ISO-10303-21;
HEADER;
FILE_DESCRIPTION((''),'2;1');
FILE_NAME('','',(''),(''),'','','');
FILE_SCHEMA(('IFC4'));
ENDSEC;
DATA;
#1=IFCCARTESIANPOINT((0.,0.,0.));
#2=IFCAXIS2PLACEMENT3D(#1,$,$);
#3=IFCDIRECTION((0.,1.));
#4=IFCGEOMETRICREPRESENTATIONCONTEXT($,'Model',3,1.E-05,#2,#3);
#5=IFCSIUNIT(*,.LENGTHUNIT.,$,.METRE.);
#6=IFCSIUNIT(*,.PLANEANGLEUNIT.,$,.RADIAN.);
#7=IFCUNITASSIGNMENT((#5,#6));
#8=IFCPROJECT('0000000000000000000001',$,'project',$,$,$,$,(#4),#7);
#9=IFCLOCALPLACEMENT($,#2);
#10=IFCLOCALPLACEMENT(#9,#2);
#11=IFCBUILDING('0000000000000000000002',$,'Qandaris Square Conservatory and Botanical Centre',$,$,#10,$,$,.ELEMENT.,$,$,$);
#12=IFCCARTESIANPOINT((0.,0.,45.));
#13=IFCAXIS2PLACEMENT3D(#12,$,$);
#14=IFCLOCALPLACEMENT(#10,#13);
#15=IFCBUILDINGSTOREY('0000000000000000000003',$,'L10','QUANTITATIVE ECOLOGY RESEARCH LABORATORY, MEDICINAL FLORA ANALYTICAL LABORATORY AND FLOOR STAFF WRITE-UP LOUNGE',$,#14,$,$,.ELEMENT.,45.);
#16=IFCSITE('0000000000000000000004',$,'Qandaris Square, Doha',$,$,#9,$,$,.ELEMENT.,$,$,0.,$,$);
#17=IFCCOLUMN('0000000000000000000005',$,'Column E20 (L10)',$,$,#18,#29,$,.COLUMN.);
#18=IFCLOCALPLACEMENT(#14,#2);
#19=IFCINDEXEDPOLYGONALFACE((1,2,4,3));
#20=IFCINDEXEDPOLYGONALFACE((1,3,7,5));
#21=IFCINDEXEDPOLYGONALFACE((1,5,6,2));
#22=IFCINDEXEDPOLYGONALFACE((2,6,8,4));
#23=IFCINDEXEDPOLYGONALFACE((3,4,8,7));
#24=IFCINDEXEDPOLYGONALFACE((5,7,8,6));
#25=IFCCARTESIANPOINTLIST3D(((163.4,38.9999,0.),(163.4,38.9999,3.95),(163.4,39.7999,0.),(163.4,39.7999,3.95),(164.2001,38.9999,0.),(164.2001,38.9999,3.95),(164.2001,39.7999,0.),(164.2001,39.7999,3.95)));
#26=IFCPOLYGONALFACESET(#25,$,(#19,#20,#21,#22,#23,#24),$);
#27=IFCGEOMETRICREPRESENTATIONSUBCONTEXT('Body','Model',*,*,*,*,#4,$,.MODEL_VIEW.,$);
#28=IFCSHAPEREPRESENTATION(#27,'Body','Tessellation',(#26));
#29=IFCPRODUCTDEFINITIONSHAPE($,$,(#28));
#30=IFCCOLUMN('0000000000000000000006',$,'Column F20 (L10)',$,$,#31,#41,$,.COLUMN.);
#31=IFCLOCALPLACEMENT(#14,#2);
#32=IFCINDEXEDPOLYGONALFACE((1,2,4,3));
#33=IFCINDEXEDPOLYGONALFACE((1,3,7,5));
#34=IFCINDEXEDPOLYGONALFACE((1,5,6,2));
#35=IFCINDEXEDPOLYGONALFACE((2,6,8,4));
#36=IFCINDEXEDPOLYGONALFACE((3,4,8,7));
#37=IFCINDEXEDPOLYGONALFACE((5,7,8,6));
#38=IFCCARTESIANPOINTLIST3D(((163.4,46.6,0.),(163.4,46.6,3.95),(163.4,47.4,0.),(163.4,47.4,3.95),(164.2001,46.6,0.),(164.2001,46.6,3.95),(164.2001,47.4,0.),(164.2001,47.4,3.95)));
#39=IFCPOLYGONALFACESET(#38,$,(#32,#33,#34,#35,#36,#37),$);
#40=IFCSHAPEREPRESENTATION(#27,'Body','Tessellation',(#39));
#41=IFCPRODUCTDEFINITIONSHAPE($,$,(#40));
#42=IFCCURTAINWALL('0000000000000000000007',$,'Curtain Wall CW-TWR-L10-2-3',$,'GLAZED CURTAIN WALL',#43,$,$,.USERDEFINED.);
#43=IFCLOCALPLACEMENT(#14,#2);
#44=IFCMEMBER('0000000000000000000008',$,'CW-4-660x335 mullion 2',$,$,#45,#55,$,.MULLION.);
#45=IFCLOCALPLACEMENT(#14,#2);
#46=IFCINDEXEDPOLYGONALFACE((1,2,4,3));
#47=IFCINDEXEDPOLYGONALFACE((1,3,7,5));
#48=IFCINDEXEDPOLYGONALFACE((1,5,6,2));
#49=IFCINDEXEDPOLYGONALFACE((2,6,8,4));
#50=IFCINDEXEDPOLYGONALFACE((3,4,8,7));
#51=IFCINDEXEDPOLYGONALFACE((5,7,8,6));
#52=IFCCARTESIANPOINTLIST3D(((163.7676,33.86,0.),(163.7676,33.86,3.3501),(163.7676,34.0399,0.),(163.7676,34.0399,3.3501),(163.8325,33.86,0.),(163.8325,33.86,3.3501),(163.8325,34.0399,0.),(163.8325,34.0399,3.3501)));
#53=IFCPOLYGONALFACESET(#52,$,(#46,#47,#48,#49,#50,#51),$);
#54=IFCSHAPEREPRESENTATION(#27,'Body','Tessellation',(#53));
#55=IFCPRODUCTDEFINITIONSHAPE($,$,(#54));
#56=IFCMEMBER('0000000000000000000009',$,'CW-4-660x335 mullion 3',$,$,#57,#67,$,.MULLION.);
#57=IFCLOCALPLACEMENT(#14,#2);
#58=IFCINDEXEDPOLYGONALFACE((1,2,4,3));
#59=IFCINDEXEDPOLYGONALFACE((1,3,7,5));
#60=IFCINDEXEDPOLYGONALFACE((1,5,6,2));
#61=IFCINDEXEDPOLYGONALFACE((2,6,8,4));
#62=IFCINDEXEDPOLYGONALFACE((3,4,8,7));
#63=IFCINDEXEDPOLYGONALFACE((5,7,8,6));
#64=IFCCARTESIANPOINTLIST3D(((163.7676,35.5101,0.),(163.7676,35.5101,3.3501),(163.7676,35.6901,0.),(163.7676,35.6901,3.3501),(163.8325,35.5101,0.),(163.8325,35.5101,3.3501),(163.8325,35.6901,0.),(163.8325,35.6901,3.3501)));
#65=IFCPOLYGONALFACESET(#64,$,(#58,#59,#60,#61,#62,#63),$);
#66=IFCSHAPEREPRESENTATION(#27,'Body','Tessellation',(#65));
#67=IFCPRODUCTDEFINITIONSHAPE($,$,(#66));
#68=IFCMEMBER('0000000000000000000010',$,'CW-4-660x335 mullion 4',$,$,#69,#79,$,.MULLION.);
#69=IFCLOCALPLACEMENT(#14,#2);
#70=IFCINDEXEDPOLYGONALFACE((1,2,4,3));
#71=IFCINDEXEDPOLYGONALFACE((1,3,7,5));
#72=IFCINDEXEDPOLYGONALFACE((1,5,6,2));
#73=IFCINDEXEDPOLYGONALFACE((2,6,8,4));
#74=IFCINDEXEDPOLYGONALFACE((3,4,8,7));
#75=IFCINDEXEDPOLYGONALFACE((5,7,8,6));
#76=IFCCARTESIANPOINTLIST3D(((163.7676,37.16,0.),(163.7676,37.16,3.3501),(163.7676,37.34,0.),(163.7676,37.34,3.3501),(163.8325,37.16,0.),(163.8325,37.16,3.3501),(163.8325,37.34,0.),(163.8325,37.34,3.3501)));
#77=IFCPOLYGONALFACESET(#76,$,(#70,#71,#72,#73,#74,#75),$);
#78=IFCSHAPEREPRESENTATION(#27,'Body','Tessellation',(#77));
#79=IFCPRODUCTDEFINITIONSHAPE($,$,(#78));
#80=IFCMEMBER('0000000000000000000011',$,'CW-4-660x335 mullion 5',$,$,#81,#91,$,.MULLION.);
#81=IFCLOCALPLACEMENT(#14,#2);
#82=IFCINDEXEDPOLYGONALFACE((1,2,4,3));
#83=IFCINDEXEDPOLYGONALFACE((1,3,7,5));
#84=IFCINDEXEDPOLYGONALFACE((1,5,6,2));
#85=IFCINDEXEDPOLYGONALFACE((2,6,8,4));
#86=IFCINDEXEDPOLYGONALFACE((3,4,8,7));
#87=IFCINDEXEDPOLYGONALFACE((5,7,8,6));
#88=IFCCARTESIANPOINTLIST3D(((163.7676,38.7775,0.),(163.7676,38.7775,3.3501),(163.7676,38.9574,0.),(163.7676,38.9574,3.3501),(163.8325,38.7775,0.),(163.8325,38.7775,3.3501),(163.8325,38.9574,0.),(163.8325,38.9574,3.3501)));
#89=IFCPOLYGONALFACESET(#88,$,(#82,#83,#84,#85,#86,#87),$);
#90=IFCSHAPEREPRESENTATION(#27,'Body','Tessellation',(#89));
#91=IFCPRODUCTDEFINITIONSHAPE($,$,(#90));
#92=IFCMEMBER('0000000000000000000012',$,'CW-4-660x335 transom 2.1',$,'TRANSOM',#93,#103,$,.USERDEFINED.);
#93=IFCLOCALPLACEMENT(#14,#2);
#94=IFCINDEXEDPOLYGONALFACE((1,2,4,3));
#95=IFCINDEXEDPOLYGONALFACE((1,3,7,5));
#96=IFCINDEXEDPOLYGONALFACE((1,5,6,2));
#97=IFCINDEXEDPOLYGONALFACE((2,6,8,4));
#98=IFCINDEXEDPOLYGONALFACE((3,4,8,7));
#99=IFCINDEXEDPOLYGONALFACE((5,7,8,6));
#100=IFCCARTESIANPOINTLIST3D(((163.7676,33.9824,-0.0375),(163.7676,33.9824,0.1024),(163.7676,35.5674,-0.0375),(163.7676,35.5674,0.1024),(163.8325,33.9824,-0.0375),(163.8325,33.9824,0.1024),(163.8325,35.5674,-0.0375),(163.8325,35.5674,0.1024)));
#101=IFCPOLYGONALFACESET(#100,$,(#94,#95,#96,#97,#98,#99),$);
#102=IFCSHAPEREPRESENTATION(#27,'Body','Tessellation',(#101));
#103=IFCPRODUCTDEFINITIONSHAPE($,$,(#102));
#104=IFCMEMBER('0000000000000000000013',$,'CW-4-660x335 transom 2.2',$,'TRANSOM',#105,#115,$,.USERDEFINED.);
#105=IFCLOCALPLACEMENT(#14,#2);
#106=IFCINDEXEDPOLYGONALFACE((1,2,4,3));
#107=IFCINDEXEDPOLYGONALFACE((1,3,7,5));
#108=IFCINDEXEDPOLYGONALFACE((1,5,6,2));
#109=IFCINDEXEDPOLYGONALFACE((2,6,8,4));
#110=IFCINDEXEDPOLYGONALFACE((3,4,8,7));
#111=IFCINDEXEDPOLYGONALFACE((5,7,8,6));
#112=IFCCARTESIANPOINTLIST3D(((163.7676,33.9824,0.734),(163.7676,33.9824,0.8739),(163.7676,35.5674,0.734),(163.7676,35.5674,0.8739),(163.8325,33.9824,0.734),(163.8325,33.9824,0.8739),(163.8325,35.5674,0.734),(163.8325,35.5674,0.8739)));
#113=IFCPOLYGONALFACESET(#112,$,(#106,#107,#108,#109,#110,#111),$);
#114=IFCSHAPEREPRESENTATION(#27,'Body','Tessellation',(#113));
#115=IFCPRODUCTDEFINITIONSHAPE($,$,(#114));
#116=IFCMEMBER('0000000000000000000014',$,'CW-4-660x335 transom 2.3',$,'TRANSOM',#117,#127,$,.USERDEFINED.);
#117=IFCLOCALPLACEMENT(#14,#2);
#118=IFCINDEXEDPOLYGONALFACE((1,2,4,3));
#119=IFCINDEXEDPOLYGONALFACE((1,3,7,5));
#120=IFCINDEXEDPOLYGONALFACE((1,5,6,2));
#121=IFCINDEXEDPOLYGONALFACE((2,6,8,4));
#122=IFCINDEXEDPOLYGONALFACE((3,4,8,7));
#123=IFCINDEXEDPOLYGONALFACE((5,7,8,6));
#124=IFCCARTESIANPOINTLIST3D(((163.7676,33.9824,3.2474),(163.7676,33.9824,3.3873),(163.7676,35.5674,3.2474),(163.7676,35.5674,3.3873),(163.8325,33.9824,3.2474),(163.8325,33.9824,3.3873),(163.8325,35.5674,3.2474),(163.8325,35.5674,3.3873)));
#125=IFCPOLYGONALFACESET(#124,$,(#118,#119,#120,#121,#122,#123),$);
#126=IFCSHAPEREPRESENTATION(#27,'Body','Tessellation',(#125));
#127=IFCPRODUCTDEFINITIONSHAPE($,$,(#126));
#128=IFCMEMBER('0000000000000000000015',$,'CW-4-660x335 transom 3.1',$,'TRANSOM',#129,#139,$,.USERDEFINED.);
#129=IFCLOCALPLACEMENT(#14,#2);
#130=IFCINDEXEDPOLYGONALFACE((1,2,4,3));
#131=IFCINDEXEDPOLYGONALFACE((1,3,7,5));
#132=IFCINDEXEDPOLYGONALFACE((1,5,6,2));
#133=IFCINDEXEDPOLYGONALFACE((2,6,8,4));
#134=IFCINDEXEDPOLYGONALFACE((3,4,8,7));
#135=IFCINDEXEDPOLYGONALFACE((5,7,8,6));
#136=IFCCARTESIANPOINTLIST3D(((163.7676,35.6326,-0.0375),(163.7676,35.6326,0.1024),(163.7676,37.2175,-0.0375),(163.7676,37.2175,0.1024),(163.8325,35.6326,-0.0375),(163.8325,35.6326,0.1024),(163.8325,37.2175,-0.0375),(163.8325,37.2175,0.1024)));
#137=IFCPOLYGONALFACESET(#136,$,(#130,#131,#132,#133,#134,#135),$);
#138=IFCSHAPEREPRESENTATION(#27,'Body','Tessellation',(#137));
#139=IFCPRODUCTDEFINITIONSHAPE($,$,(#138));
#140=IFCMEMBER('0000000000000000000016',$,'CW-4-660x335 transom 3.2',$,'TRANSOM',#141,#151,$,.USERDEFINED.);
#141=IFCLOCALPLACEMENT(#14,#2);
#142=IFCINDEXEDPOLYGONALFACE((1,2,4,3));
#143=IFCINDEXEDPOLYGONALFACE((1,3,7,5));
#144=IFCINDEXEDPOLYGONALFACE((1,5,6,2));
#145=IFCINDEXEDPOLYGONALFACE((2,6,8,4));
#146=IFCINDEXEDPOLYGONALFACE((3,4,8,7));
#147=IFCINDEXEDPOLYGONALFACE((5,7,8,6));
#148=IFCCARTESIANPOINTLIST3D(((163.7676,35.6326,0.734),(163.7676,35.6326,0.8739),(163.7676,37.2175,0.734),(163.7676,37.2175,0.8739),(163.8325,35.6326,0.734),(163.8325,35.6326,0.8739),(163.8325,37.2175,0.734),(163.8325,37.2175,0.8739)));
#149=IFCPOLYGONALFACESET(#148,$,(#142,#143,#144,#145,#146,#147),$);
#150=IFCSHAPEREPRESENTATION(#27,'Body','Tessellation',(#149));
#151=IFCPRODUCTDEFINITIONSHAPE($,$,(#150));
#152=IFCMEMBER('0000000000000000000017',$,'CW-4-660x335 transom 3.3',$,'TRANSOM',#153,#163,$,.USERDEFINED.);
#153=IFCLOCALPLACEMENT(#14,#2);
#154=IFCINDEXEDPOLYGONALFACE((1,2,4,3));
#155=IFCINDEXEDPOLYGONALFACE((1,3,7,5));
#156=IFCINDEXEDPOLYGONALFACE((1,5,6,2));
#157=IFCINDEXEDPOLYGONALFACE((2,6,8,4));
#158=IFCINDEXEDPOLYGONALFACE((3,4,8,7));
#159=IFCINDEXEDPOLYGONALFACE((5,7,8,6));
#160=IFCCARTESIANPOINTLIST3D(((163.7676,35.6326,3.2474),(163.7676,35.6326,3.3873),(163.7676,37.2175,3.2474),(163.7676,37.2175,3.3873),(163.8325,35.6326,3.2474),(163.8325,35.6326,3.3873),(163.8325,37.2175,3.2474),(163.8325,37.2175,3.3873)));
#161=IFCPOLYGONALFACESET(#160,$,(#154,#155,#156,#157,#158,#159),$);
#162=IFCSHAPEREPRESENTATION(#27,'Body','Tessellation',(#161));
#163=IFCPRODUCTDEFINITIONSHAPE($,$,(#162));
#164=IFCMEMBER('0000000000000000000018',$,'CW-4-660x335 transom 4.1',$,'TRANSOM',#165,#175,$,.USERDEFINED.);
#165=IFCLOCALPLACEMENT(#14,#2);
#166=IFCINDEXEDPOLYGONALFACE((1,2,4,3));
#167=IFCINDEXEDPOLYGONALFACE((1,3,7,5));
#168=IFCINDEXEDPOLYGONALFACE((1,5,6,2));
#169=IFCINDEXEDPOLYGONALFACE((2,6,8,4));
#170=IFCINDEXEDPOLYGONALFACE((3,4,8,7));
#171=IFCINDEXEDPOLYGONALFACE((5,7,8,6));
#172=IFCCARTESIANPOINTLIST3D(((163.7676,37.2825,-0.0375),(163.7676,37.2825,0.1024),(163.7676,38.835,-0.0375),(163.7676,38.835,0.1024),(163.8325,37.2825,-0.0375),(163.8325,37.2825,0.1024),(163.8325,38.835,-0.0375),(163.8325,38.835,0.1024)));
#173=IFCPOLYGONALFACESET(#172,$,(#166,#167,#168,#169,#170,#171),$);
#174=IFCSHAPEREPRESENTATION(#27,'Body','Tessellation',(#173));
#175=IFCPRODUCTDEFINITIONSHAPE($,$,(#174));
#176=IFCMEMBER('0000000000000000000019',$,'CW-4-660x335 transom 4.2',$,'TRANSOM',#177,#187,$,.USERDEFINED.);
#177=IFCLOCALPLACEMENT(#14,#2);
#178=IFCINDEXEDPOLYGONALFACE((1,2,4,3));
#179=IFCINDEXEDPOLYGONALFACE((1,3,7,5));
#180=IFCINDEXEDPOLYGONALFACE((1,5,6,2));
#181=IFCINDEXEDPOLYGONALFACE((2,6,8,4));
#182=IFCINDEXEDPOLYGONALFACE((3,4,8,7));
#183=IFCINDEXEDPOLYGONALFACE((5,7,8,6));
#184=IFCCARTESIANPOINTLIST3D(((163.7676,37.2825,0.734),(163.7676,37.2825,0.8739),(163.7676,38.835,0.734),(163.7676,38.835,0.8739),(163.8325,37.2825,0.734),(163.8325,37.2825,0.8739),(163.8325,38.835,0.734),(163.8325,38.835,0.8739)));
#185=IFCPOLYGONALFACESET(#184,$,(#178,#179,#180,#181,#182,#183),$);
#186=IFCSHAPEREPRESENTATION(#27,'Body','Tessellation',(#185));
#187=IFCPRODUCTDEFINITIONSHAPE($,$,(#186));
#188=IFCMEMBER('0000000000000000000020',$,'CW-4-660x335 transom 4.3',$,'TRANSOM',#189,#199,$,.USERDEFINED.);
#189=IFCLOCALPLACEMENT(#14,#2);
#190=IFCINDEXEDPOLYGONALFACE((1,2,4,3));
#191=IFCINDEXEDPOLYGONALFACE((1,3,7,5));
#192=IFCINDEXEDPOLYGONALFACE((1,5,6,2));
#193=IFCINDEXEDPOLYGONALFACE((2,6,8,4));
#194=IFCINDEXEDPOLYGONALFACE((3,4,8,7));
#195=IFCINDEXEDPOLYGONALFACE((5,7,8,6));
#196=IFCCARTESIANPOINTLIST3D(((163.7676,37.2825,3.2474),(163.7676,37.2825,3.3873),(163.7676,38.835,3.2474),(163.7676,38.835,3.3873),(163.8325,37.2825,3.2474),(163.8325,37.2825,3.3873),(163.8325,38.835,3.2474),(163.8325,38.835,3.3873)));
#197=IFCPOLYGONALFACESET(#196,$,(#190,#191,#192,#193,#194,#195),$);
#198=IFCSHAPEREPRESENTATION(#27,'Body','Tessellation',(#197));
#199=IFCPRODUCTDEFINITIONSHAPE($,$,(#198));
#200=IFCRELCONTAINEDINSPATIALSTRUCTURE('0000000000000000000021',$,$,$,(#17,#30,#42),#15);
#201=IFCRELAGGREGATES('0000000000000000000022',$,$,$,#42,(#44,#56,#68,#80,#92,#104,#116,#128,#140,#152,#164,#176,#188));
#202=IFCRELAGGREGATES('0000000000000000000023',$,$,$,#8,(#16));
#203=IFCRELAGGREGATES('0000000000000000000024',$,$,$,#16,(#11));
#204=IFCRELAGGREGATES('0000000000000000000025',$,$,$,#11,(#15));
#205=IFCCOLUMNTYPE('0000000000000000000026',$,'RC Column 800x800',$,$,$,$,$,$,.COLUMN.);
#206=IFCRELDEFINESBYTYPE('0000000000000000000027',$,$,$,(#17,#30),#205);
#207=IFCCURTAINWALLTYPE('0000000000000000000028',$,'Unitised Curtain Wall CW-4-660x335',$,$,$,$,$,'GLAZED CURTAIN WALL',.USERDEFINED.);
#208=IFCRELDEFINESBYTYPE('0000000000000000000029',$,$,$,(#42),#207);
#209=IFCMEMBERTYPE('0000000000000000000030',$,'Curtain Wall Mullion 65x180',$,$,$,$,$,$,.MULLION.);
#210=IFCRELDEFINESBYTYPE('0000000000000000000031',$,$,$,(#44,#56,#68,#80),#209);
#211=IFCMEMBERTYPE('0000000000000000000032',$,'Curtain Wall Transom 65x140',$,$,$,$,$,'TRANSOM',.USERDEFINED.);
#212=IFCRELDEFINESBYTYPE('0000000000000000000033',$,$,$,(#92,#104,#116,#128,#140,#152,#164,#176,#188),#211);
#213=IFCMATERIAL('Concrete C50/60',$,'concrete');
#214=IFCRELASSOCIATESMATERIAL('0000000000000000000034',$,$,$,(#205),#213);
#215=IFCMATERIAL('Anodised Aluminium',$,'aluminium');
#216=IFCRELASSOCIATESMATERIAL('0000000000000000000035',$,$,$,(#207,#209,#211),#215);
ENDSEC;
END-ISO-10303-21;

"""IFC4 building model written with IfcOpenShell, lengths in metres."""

from ifc_helpers import new_model, si_unit, direction, frame, origin, origin_2d, place, context, subcontext, project, spatial, rectangle, extrude, material, material_profile, profile_set, type_object, element, aggregate, save


model = new_model("IFC4")

# Units and contexts
model_context = context("Model", 3, precision=1e-05, world=origin(), true_north=direction((0.0, 1.0)))
body_context = subcontext(model_context, "Body", "Model", "MODEL_VIEW")
ifc_project = project(units=[si_unit("LENGTHUNIT", "METRE"), si_unit("PLANEANGLEUNIT", "RADIAN")], contexts=[model_context])

# Site, building, storey
site_placement = place(None, origin())
site = spatial("IfcSite", under=ifc_project, at=site_placement, Name="Qandaris Square, Doha", CompositionType="ELEMENT", RefElevation=0.0)
building_placement = place(site_placement, origin())
building = spatial("IfcBuilding", under=site, at=building_placement, Name="Qandaris Square Conservatory and Botanical Centre", CompositionType="ELEMENT")
storey_placement = place(building_placement, frame((0.0, 0.0, 45.0)))
storey = spatial("IfcBuildingStorey", under=building, at=storey_placement, Name="L10", Description="QUANTITATIVE ECOLOGY RESEARCH LABORATORY, MEDICINAL FLORA ANALYTICAL LABORATORY AND FLOOR STAFF WRITE-UP LOUNGE", CompositionType="ELEMENT", Elevation=45.0)

# Columns
ifc_material_1 = material(Name="Concrete C50/60", Category="concrete")
ifc_material_profile_1 = material_profile(ifc_material_1, rectangle(XDim=0.8, YDim=0.8, at=origin_2d()), Name="RC-COL 800x800")
ifc_profile_set_1 = profile_set([ifc_material_profile_1], Name="Concrete C50/60")
column_type = type_object("IfcColumnType", Name="RC Column 800x800", PredefinedType="COLUMN", material=ifc_profile_set_1)
for number, where, z_axis, x_axis, name in (
    (1, (163.8, 39.3999, 0.0), (0.0, 0.0, 1.0), (1.0, 0.0, 0.0), "Column E20 (L10)"),
    (2, (163.8, 47.0, 0.0), (0.0, 0.0, 1.0), (1.0, 0.0, 0.0), "Column F20 (L10)"),
):
    element("IfcColumn", number, at=place(storey_placement, frame(where, z_axis=z_axis, x_axis=x_axis)), inside=storey, type_object=column_type, Name=name, PredefinedType="COLUMN", context=body_context, shape_type="SweptSolid", body=[
        extrude(rectangle(XDim=0.8, YDim=0.8, at=origin_2d()), origin(), (0.0, 0.0, 1.0), 3.95),
    ])

# Curtain wall, members
ifc_material_2 = material(Name="Anodised Aluminium", Category="aluminium")
curtain_wall_type = type_object("IfcCurtainWallType", Name="Unitised Curtain Wall CW-4-660x335", ElementType="GLAZED CURTAIN WALL", PredefinedType="USERDEFINED", material=ifc_material_2)
curtain_wall_placement = place(storey_placement, origin())
curtain_wall = element("IfcCurtainWall", 3, at=curtain_wall_placement, inside=storey, type_object=curtain_wall_type, Name="Curtain Wall CW-TWR-L10-2-3", ObjectType="GLAZED CURTAIN WALL", PredefinedType="USERDEFINED")
ifc_material_profile_2 = material_profile(ifc_material_2, rectangle(XDim=0.0649, YDim=0.1799, at=origin_2d()), Name="ALU-MUL 65x180")
ifc_profile_set_2 = profile_set([ifc_material_profile_2], Name="Anodised Aluminium")
member_type_1 = type_object("IfcMemberType", Name="Curtain Wall Mullion 65x180", PredefinedType="MULLION", material=ifc_profile_set_2)
member_1_placement = place(storey_placement, frame((163.8, 33.95, 0.0), z_axis=(0.0, 0.0, 1.0), x_axis=(-1.0, 0.0, 0.0)))
member_1 = element("IfcMember", 4, at=member_1_placement, type_object=member_type_1, Name="CW-4-660x335 mullion 2", PredefinedType="MULLION", context=body_context, shape_type="SweptSolid", body=[
    extrude(rectangle(XDim=0.0649, YDim=0.1799, at=origin_2d()), origin(), (0.0, 0.0, 1.0), 3.3501),
])
member_2_placement = place(storey_placement, frame((163.8, 35.6001, 0.0), z_axis=(0.0, 0.0, 1.0), x_axis=(-1.0, 0.0, 0.0)))
member_2 = element("IfcMember", 5, at=member_2_placement, type_object=member_type_1, Name="CW-4-660x335 mullion 3", PredefinedType="MULLION", context=body_context, shape_type="SweptSolid", body=[
    extrude(rectangle(XDim=0.0649, YDim=0.1799, at=origin_2d()), origin(), (0.0, 0.0, 1.0), 3.3501),
])
member_3_placement = place(storey_placement, frame((163.8, 37.25, 0.0), z_axis=(0.0, 0.0, 1.0), x_axis=(-1.0, 0.0, 0.0)))
member_3 = element("IfcMember", 6, at=member_3_placement, type_object=member_type_1, Name="CW-4-660x335 mullion 4", PredefinedType="MULLION", context=body_context, shape_type="SweptSolid", body=[
    extrude(rectangle(XDim=0.0649, YDim=0.1799, at=origin_2d()), origin(), (0.0, 0.0, 1.0), 3.3501),
])
member_4_placement = place(storey_placement, frame((163.8, 38.8674, 0.0), z_axis=(0.0, 0.0, 1.0), x_axis=(-1.0, 0.0, 0.0)))
member_4 = element("IfcMember", 7, at=member_4_placement, type_object=member_type_1, Name="CW-4-660x335 mullion 5", PredefinedType="MULLION", context=body_context, shape_type="SweptSolid", body=[
    extrude(rectangle(XDim=0.0649, YDim=0.1799, at=origin_2d()), origin(), (0.0, 0.0, 1.0), 3.3501),
])
ifc_material_profile_3 = material_profile(ifc_material_2, rectangle(XDim=0.0649, YDim=0.1399, at=origin_2d()), Name="ALU-TRN 65x140")
ifc_profile_set_3 = profile_set([ifc_material_profile_3], Name="Anodised Aluminium")
member_type_2 = type_object("IfcMemberType", Name="Curtain Wall Transom 65x140", ElementType="TRANSOM", PredefinedType="USERDEFINED", material=ifc_profile_set_3)
member_5_placement = place(storey_placement, frame((163.8, 33.9824, 0.0325), z_axis=(0.0, 1.0, 0.0), x_axis=(-1.0, 0.0, 0.0)))
member_5 = element("IfcMember", 8, at=member_5_placement, type_object=member_type_2, Name="CW-4-660x335 transom 2.1", ObjectType="TRANSOM", PredefinedType="USERDEFINED", context=body_context, shape_type="SweptSolid", body=[
    extrude(rectangle(XDim=0.0649, YDim=0.1399, at=origin_2d()), origin(), (0.0, 0.0, 1.0), 1.585),
])
member_6_placement = place(storey_placement, frame((163.8, 33.9824, 0.804), z_axis=(0.0, 1.0, 0.0), x_axis=(-1.0, 0.0, 0.0)))
member_6 = element("IfcMember", 9, at=member_6_placement, type_object=member_type_2, Name="CW-4-660x335 transom 2.2", ObjectType="TRANSOM", PredefinedType="USERDEFINED", context=body_context, shape_type="SweptSolid", body=[
    extrude(rectangle(XDim=0.0649, YDim=0.1399, at=origin_2d()), origin(), (0.0, 0.0, 1.0), 1.585),
])
member_7_placement = place(storey_placement, frame((163.8, 33.9824, 3.3174), z_axis=(0.0, 1.0, 0.0), x_axis=(-1.0, 0.0, 0.0)))
member_7 = element("IfcMember", 10, at=member_7_placement, type_object=member_type_2, Name="CW-4-660x335 transom 2.3", ObjectType="TRANSOM", PredefinedType="USERDEFINED", context=body_context, shape_type="SweptSolid", body=[
    extrude(rectangle(XDim=0.0649, YDim=0.1399, at=origin_2d()), origin(), (0.0, 0.0, 1.0), 1.585),
])
member_8_placement = place(storey_placement, frame((163.8, 35.6326, 0.0325), z_axis=(0.0, 1.0, 0.0), x_axis=(-1.0, 0.0, 0.0)))
member_8 = element("IfcMember", 11, at=member_8_placement, type_object=member_type_2, Name="CW-4-660x335 transom 3.1", ObjectType="TRANSOM", PredefinedType="USERDEFINED", context=body_context, shape_type="SweptSolid", body=[
    extrude(rectangle(XDim=0.0649, YDim=0.1399, at=origin_2d()), origin(), (0.0, 0.0, 1.0), 1.585),
])
member_9_placement = place(storey_placement, frame((163.8, 35.6326, 0.804), z_axis=(0.0, 1.0, 0.0), x_axis=(-1.0, 0.0, 0.0)))
member_9 = element("IfcMember", 12, at=member_9_placement, type_object=member_type_2, Name="CW-4-660x335 transom 3.2", ObjectType="TRANSOM", PredefinedType="USERDEFINED", context=body_context, shape_type="SweptSolid", body=[
    extrude(rectangle(XDim=0.0649, YDim=0.1399, at=origin_2d()), origin(), (0.0, 0.0, 1.0), 1.585),
])
member_10_placement = place(storey_placement, frame((163.8, 35.6326, 3.3174), z_axis=(0.0, 1.0, 0.0), x_axis=(-1.0, 0.0, 0.0)))
member_10 = element("IfcMember", 13, at=member_10_placement, type_object=member_type_2, Name="CW-4-660x335 transom 3.3", ObjectType="TRANSOM", PredefinedType="USERDEFINED", context=body_context, shape_type="SweptSolid", body=[
    extrude(rectangle(XDim=0.0649, YDim=0.1399, at=origin_2d()), origin(), (0.0, 0.0, 1.0), 1.585),
])
member_11_placement = place(storey_placement, frame((163.8, 37.2825, 0.0325), z_axis=(0.0, 1.0, 0.0), x_axis=(-1.0, 0.0, 0.0)))
member_11 = element("IfcMember", 14, at=member_11_placement, type_object=member_type_2, Name="CW-4-660x335 transom 4.1", ObjectType="TRANSOM", PredefinedType="USERDEFINED", context=body_context, shape_type="SweptSolid", body=[
    extrude(rectangle(XDim=0.0649, YDim=0.1399, at=origin_2d()), origin(), (0.0, 0.0, 1.0), 1.5525),
])
member_12_placement = place(storey_placement, frame((163.8, 37.2825, 0.804), z_axis=(0.0, 1.0, 0.0), x_axis=(-1.0, 0.0, 0.0)))
member_12 = element("IfcMember", 15, at=member_12_placement, type_object=member_type_2, Name="CW-4-660x335 transom 4.2", ObjectType="TRANSOM", PredefinedType="USERDEFINED", context=body_context, shape_type="SweptSolid", body=[
    extrude(rectangle(XDim=0.0649, YDim=0.1399, at=origin_2d()), origin(), (0.0, 0.0, 1.0), 1.5525),
])
member_13_placement = place(storey_placement, frame((163.8, 37.2825, 3.3174), z_axis=(0.0, 1.0, 0.0), x_axis=(-1.0, 0.0, 0.0)))
member_13 = element("IfcMember", 16, at=member_13_placement, type_object=member_type_2, Name="CW-4-660x335 transom 4.3", ObjectType="TRANSOM", PredefinedType="USERDEFINED", context=body_context, shape_type="SweptSolid", body=[
    extrude(rectangle(XDim=0.0649, YDim=0.1399, at=origin_2d()), origin(), (0.0, 0.0, 1.0), 1.5525),
])

aggregate(curtain_wall, [member_1, member_2, member_3, member_4, member_5, member_6, member_7, member_8, member_9, member_10, member_11, member_12, member_13])

save(model, "model.ifc")
